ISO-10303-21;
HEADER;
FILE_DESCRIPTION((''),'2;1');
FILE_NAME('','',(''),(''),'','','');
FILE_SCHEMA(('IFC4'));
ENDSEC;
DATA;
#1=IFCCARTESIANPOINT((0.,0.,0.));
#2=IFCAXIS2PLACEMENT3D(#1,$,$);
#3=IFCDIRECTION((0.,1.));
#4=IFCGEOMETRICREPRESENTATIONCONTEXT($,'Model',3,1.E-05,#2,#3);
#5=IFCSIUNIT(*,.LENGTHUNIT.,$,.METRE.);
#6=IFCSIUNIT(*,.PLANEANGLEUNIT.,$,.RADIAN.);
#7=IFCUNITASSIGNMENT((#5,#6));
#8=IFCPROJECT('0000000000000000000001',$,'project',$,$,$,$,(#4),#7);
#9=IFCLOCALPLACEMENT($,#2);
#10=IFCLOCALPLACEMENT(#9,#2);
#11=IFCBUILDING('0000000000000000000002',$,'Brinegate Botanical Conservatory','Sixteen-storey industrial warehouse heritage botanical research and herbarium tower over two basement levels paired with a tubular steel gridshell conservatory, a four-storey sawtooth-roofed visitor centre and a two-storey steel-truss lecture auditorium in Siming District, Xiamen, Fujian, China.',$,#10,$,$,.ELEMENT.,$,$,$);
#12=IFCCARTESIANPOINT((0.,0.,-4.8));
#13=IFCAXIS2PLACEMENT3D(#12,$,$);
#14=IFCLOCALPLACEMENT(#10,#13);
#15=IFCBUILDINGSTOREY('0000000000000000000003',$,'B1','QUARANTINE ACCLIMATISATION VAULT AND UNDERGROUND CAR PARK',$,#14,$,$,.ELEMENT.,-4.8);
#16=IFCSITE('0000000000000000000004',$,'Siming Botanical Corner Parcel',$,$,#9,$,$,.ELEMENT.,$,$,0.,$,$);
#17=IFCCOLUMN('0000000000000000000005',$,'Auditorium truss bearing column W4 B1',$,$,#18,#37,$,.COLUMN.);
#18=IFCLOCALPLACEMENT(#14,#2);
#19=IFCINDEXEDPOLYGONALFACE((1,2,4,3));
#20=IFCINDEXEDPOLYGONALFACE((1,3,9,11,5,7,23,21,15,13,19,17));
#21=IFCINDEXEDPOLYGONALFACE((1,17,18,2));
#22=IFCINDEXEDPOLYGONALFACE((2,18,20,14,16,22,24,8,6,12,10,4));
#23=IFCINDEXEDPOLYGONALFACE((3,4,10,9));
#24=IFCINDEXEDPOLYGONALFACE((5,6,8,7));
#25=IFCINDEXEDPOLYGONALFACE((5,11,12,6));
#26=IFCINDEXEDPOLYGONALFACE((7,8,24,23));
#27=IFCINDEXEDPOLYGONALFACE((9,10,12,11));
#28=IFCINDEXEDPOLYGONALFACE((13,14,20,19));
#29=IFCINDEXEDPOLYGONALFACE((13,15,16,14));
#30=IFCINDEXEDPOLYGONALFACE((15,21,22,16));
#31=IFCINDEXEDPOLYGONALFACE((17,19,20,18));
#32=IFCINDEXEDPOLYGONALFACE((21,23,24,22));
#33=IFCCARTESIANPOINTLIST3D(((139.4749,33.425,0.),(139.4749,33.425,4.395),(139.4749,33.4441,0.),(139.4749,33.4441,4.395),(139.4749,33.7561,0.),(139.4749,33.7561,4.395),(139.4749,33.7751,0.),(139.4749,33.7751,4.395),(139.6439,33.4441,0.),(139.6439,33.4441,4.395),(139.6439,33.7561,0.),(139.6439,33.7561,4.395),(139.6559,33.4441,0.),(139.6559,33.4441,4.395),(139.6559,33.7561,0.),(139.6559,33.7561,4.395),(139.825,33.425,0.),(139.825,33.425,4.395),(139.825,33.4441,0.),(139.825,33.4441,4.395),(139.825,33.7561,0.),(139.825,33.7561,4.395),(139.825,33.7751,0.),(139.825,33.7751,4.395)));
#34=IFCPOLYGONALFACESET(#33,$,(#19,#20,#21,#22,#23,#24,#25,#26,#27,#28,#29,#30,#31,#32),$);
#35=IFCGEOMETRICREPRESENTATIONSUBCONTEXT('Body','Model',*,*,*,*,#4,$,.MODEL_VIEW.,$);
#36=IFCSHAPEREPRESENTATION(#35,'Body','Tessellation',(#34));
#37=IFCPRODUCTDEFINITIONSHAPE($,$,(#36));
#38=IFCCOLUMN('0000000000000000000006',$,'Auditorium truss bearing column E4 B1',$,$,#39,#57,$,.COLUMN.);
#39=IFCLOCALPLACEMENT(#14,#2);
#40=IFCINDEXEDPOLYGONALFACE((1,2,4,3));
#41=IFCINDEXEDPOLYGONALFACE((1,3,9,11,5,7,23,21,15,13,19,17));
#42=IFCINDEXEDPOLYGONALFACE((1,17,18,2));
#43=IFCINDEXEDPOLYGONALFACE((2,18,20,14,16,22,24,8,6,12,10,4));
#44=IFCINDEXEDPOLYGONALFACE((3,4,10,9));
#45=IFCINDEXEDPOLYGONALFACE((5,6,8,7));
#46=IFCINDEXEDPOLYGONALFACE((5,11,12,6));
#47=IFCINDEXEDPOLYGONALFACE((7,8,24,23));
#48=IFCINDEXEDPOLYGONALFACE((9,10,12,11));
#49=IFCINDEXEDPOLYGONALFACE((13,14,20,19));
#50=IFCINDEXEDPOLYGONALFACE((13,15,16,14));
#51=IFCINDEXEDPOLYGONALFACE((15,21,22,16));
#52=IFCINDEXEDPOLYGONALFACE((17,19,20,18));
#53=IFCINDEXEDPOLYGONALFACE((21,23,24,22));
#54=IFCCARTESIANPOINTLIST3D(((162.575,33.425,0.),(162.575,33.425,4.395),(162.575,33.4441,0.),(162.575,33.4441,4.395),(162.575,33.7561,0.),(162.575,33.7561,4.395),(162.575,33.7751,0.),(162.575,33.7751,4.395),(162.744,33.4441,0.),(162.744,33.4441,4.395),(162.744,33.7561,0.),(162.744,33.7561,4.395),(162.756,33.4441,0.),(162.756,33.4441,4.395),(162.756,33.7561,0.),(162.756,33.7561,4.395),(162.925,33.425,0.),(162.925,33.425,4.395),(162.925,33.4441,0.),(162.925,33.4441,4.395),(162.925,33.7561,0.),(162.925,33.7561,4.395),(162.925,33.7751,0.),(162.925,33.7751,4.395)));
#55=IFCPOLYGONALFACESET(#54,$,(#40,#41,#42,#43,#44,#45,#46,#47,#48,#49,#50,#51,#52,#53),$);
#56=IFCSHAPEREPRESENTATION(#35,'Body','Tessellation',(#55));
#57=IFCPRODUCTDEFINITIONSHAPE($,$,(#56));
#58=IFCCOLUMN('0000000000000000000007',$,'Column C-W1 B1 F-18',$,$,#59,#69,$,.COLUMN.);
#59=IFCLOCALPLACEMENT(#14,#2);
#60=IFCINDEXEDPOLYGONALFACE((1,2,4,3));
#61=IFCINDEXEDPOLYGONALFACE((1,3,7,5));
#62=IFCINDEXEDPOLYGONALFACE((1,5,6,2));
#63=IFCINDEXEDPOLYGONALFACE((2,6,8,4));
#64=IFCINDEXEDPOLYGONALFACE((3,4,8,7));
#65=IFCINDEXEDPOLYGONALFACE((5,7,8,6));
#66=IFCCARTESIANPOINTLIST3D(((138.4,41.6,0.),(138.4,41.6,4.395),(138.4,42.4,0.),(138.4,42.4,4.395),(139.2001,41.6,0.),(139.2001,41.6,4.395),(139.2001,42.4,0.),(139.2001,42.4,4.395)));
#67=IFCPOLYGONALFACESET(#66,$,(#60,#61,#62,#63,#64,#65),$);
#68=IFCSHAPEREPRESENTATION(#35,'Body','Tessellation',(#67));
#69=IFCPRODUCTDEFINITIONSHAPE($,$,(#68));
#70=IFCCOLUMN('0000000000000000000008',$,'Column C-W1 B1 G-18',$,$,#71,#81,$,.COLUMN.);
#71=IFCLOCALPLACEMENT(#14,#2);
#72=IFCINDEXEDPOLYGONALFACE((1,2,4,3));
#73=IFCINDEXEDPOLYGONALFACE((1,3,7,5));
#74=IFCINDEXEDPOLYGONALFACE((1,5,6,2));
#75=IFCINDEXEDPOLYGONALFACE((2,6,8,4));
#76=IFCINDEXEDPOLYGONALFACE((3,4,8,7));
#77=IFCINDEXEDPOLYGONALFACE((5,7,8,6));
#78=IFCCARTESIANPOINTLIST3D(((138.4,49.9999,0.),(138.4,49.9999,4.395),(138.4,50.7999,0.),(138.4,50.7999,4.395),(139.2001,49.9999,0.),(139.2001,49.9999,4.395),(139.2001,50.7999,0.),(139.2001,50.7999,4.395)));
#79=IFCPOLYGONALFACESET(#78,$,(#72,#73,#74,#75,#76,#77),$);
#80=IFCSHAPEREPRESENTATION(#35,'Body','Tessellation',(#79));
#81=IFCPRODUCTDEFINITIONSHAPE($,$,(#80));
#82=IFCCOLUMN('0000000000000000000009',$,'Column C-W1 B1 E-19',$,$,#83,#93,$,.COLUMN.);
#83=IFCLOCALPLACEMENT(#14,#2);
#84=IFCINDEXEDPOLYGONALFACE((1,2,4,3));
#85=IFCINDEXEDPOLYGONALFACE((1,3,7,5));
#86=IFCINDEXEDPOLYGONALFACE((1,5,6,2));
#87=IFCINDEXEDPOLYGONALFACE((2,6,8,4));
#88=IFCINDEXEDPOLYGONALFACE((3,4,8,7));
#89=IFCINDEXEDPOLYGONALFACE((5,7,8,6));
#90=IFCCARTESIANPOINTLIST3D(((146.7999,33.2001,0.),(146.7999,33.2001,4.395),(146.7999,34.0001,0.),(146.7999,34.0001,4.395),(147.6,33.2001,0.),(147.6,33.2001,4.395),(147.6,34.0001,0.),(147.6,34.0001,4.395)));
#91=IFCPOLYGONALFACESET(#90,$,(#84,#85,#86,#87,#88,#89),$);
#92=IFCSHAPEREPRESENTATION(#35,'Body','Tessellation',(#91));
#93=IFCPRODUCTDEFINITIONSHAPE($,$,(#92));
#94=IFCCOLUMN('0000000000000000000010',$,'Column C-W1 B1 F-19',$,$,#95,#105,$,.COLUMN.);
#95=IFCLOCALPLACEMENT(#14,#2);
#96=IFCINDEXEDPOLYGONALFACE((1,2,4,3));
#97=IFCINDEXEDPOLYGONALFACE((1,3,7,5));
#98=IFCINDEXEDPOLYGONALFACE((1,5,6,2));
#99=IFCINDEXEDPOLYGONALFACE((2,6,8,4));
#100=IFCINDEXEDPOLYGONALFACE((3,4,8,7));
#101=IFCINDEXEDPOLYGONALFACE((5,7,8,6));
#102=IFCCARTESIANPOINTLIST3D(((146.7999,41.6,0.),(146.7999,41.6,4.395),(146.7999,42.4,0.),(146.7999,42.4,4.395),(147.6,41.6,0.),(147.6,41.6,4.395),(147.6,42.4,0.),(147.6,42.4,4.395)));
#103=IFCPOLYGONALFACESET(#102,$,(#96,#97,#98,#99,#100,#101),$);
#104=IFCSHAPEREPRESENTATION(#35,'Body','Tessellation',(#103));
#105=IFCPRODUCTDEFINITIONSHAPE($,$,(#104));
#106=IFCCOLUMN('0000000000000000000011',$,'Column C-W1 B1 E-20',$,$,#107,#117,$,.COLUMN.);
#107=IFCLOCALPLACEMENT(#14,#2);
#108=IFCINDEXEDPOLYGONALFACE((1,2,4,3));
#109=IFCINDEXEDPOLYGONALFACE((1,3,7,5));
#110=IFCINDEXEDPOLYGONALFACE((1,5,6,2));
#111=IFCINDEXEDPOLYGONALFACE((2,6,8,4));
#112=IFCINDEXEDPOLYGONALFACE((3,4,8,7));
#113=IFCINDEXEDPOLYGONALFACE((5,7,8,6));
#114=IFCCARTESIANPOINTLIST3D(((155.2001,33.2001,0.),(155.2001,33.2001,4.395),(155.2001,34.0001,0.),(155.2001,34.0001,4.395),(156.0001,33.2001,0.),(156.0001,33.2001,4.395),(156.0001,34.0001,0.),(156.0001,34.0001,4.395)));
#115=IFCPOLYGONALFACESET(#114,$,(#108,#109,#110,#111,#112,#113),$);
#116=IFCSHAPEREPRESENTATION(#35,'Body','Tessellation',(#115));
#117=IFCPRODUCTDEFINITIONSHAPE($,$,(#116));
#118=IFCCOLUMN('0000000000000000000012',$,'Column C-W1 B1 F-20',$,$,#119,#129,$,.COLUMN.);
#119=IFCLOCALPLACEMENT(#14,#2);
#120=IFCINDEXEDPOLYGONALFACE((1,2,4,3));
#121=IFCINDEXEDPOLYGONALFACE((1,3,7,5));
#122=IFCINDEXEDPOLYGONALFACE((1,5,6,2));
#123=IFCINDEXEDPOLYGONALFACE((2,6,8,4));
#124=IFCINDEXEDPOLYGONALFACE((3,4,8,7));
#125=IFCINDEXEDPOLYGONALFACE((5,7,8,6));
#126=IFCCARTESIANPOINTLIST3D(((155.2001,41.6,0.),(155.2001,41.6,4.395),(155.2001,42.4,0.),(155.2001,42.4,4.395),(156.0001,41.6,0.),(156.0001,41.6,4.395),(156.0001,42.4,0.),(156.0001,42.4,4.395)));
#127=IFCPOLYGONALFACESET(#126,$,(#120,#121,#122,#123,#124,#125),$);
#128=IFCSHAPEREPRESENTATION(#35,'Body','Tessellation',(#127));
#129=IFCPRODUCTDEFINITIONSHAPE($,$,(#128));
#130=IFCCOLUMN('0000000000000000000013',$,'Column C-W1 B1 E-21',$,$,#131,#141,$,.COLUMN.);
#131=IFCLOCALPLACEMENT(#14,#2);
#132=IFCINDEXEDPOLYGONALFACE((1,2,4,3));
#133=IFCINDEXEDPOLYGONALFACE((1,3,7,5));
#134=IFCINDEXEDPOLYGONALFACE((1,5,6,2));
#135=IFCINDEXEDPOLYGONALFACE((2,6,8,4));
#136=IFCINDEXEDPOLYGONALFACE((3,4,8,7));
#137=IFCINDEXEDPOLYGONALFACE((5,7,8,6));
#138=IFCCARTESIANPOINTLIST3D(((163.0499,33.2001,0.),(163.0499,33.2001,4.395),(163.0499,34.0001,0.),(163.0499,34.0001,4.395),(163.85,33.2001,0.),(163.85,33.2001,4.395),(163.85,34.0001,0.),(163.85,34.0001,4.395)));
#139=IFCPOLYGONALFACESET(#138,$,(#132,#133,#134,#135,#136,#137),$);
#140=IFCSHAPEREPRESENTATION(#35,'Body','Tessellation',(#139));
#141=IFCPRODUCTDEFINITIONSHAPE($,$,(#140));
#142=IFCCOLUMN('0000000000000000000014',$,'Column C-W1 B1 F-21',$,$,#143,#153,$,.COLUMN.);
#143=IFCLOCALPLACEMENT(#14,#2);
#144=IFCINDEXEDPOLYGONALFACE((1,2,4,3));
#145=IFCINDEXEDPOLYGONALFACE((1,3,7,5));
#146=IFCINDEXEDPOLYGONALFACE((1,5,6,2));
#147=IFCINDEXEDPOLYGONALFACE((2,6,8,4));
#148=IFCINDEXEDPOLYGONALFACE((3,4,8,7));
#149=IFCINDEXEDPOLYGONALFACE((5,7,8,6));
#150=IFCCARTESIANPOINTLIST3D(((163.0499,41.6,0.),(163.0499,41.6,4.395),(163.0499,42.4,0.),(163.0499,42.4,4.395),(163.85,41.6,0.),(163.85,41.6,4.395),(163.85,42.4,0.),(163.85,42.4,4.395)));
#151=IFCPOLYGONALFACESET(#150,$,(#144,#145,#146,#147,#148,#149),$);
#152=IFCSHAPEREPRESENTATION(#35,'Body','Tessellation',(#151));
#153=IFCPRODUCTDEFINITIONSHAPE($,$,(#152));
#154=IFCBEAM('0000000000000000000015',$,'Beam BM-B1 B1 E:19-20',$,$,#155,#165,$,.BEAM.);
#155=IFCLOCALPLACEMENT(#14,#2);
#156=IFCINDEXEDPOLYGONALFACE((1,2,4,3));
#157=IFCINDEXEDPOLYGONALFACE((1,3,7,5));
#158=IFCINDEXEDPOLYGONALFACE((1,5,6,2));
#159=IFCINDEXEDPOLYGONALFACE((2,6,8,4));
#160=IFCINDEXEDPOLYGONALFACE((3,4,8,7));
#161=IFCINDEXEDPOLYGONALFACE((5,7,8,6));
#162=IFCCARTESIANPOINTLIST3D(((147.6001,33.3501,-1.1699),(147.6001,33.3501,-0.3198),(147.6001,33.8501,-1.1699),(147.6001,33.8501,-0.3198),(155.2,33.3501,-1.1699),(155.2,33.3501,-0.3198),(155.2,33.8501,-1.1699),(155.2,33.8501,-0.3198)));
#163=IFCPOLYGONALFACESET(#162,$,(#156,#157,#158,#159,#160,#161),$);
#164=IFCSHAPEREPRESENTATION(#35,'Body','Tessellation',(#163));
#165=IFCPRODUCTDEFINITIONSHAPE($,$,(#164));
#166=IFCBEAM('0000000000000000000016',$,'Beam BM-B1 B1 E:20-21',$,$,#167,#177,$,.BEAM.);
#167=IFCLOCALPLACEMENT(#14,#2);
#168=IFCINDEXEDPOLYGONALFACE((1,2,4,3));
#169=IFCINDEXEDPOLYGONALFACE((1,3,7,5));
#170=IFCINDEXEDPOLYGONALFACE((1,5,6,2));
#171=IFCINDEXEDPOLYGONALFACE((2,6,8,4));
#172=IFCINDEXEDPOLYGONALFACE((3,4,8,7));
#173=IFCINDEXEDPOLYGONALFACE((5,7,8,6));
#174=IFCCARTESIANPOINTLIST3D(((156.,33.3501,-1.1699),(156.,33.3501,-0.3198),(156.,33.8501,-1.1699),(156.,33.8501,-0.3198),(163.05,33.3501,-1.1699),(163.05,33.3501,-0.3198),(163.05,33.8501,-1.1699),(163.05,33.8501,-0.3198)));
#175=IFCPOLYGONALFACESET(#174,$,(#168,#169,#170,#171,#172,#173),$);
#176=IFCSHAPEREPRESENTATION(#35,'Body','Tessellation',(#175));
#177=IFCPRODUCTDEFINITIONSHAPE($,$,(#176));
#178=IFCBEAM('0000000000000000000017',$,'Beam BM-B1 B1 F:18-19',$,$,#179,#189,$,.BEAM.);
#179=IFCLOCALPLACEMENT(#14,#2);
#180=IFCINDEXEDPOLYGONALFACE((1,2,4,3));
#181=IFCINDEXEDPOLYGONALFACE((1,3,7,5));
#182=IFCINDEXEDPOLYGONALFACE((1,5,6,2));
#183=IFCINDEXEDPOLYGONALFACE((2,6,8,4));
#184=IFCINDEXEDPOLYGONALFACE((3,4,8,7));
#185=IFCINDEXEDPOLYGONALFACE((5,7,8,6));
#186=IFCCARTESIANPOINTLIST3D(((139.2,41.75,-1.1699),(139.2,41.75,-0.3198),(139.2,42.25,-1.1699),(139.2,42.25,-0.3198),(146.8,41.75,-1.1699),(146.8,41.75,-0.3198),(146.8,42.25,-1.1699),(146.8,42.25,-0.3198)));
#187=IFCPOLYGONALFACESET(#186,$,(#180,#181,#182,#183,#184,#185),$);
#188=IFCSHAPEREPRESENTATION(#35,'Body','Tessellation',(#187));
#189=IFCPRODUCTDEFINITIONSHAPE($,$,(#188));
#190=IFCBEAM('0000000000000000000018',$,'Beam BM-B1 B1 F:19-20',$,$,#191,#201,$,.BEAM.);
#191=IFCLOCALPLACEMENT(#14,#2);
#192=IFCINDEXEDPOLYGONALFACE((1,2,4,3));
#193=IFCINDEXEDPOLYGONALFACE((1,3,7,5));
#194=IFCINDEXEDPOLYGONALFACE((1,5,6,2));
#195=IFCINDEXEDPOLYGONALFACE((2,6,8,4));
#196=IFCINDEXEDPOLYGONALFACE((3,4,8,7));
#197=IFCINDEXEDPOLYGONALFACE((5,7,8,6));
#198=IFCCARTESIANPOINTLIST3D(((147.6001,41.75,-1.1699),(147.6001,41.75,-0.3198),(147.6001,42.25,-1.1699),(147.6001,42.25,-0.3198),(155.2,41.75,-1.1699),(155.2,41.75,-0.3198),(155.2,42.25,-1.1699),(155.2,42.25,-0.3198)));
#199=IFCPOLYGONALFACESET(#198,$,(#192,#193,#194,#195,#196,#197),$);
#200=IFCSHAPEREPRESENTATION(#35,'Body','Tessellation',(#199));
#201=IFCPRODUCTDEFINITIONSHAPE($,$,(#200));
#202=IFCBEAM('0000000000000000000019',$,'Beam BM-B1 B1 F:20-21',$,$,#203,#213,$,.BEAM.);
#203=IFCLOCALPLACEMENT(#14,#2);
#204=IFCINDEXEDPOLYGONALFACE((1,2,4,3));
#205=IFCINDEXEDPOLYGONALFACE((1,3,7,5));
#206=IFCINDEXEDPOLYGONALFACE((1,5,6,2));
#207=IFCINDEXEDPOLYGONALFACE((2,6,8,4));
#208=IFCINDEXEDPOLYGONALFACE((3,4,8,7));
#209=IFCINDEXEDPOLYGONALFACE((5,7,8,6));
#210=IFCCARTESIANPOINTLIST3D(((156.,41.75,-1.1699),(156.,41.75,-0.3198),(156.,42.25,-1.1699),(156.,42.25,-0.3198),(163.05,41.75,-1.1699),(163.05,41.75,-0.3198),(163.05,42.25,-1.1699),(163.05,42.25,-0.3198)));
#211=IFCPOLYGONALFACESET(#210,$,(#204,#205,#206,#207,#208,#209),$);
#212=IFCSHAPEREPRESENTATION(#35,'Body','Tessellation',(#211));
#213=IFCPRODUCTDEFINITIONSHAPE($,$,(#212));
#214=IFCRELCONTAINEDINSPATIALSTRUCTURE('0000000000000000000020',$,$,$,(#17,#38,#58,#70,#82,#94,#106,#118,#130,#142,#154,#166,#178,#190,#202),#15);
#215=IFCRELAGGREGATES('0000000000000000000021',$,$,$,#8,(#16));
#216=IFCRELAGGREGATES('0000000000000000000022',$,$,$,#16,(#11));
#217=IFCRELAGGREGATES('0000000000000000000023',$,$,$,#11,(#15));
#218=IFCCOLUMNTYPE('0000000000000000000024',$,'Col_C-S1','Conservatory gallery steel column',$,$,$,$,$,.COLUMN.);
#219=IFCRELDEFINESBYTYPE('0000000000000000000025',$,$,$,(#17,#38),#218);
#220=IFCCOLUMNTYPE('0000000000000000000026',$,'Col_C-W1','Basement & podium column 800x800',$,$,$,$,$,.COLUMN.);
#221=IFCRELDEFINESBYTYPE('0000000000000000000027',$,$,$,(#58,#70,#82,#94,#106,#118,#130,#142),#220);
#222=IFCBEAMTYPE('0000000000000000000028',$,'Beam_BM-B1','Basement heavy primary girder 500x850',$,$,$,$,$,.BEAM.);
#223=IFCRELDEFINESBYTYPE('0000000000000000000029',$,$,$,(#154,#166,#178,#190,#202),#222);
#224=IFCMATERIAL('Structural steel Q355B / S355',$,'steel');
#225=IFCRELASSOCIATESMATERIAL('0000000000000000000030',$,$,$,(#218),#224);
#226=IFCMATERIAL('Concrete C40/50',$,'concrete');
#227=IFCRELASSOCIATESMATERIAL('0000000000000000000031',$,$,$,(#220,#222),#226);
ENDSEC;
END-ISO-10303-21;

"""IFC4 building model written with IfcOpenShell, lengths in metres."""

from ifc_helpers import new_model, si_unit, direction, frame, origin, origin_2d, place, context, subcontext, project, spatial, rectangle, i_section, extrude, material, material_profile, profile_set, type_object, element, save


model = new_model("IFC4")

# Units and contexts
model_context = context("Model", 3, precision=1e-05, world=origin(), true_north=direction((0.0, 1.0)))
body_context = subcontext(model_context, "Body", "Model", "MODEL_VIEW")
ifc_project = project(units=[si_unit("LENGTHUNIT", "METRE"), si_unit("PLANEANGLEUNIT", "RADIAN")], contexts=[model_context])

# Site, building, storey
site_placement = place(None, origin())
site = spatial("IfcSite", under=ifc_project, at=site_placement, Name="Siming Botanical Corner Parcel", CompositionType="ELEMENT", RefElevation=0.0)
building_placement = place(site_placement, origin())
building = spatial("IfcBuilding", under=site, at=building_placement, Name="Brinegate Botanical Conservatory", Description="Sixteen-storey industrial warehouse heritage botanical research and herbarium tower over two basement levels paired with a tubular steel gridshell conservatory, a four-storey sawtooth-roofed visitor centre and a two-storey steel-truss lecture auditorium in Siming District, Xiamen, Fujian, China.", CompositionType="ELEMENT")
storey_placement = place(building_placement, frame((0.0, 0.0, -4.8)))
storey = spatial("IfcBuildingStorey", under=building, at=storey_placement, Name="B1", Description="QUARANTINE ACCLIMATISATION VAULT AND UNDERGROUND CAR PARK", CompositionType="ELEMENT", Elevation=-4.8)

# Columns
ifc_material_1 = material(Name="Structural steel Q355B / S355", Category="steel")
ifc_material_profile_1 = material_profile(ifc_material_1, i_section(OverallWidth=0.3501, OverallDepth=0.3501, WebThickness=0.012, FlangeThickness=0.019, at=origin_2d()), Name="HW 350x350x12x19")
ifc_profile_set_1 = profile_set([ifc_material_profile_1], Name="Structural steel Q355B / S355")
column_type_1 = type_object("IfcColumnType", Name="Col_C-S1", Description="Conservatory gallery steel column", PredefinedType="COLUMN", material=ifc_profile_set_1)
for number, where, z_axis, x_axis, name in (
    (1, (139.6499, 33.6001, 0.0), (0.0, 0.0, 1.0), (1.0, 0.0, 0.0), "Auditorium truss bearing column W4 B1"),
    (2, (162.75, 33.6001, 0.0), (0.0, 0.0, 1.0), (1.0, 0.0, 0.0), "Auditorium truss bearing column E4 B1"),
):
    element("IfcColumn", number, at=place(storey_placement, frame(where, z_axis=z_axis, x_axis=x_axis)), inside=storey, type_object=column_type_1, Name=name, PredefinedType="COLUMN", context=body_context, shape_type="SweptSolid", body=[
        extrude(i_section(OverallWidth=0.3501, OverallDepth=0.3501, WebThickness=0.012, FlangeThickness=0.019, at=origin_2d()), origin(), (0.0, 0.0, 1.0), 4.395),
    ])
ifc_material_2 = material(Name="Concrete C40/50", Category="concrete")
ifc_material_profile_2 = material_profile(ifc_material_2, rectangle(XDim=0.8, YDim=0.8, at=origin_2d()), Name="RC COL 800x800")
ifc_profile_set_2 = profile_set([ifc_material_profile_2], Name="Concrete C40/50")
column_type_2 = type_object("IfcColumnType", Name="Col_C-W1", Description="Basement & podium column 800x800", PredefinedType="COLUMN", material=ifc_profile_set_2)
for number, where, z_axis, x_axis, name in (
    (3, (138.8, 42.0, 0.0), (0.0, 0.0, 1.0), (1.0, 0.0, 0.0), "Column C-W1 B1 F-18"),
    (4, (138.8, 50.3999, 0.0), (0.0, 0.0, 1.0), (1.0, 0.0, 0.0), "Column C-W1 B1 G-18"),
    (5, (147.2, 33.6001, 0.0), (0.0, 0.0, 1.0), (1.0, 0.0, 0.0), "Column C-W1 B1 E-19"),
    (6, (147.2, 42.0, 0.0), (0.0, 0.0, 1.0), (1.0, 0.0, 0.0), "Column C-W1 B1 F-19"),
    (7, (155.6001, 33.6001, 0.0), (0.0, 0.0, 1.0), (1.0, 0.0, 0.0), "Column C-W1 B1 E-20"),
    (8, (155.6001, 42.0, 0.0), (0.0, 0.0, 1.0), (1.0, 0.0, 0.0), "Column C-W1 B1 F-20"),
    (9, (163.45, 33.6001, 0.0), (0.0, 0.0, 1.0), (1.0, 0.0, 0.0), "Column C-W1 B1 E-21"),
    (10, (163.45, 42.0, 0.0), (0.0, 0.0, 1.0), (1.0, 0.0, 0.0), "Column C-W1 B1 F-21"),
):
    element("IfcColumn", number, at=place(storey_placement, frame(where, z_axis=z_axis, x_axis=x_axis)), inside=storey, type_object=column_type_2, Name=name, PredefinedType="COLUMN", context=body_context, shape_type="SweptSolid", body=[
        extrude(rectangle(XDim=0.8, YDim=0.8, at=origin_2d()), origin(), (0.0, 0.0, 1.0), 4.395),
    ])

# Beams
ifc_material_profile_3 = material_profile(ifc_material_2, rectangle(XDim=0.5, YDim=0.8501, at=origin_2d()), Name="RC BM 500x850")
ifc_profile_set_3 = profile_set([ifc_material_profile_3], Name="Concrete C40/50")
beam_type_1 = type_object("IfcBeamType", Name="Beam_BM-B1", Description="Basement heavy primary girder 500x850", PredefinedType="BEAM", material=ifc_profile_set_3)
beam_1_placement = place(storey_placement, frame((147.6001, 33.6001, -0.7449), z_axis=(1.0, 0.0, 0.0), x_axis=(0.0, 1.0, 0.0)))
element("IfcBeam", 11, at=beam_1_placement, inside=storey, type_object=beam_type_1, Name="Beam BM-B1 B1 E:19-20", PredefinedType="BEAM", context=body_context, shape_type="SweptSolid", body=[
    extrude(rectangle(XDim=0.5, YDim=0.8501, at=origin_2d()), origin(), (0.0, 0.0, 1.0), 7.5999),
])
beam_2_placement = place(storey_placement, frame((156.0, 33.6001, -0.7449), z_axis=(1.0, 0.0, 0.0), x_axis=(0.0, 1.0, 0.0)))
element("IfcBeam", 12, at=beam_2_placement, inside=storey, type_object=beam_type_1, Name="Beam BM-B1 B1 E:20-21", PredefinedType="BEAM", context=body_context, shape_type="SweptSolid", body=[
    extrude(rectangle(XDim=0.5, YDim=0.8501, at=origin_2d()), origin(), (0.0, 0.0, 1.0), 7.05),
])
beam_3_placement = place(storey_placement, frame((139.2, 42.0, -0.7449), z_axis=(1.0, 0.0, 0.0), x_axis=(0.0, 1.0, 0.0)))
element("IfcBeam", 13, at=beam_3_placement, inside=storey, type_object=beam_type_1, Name="Beam BM-B1 B1 F:18-19", PredefinedType="BEAM", context=body_context, shape_type="SweptSolid", body=[
    extrude(rectangle(XDim=0.5, YDim=0.8501, at=origin_2d()), origin(), (0.0, 0.0, 1.0), 7.6001),
])
beam_4_placement = place(storey_placement, frame((147.6001, 42.0, -0.7449), z_axis=(1.0, 0.0, 0.0), x_axis=(0.0, 1.0, 0.0)))
element("IfcBeam", 14, at=beam_4_placement, inside=storey, type_object=beam_type_1, Name="Beam BM-B1 B1 F:19-20", PredefinedType="BEAM", context=body_context, shape_type="SweptSolid", body=[
    extrude(rectangle(XDim=0.5, YDim=0.8501, at=origin_2d()), origin(), (0.0, 0.0, 1.0), 7.5999),
])
beam_5_placement = place(storey_placement, frame((156.0, 42.0, -0.7449), z_axis=(1.0, 0.0, 0.0), x_axis=(0.0, 1.0, 0.0)))
element("IfcBeam", 15, at=beam_5_placement, inside=storey, type_object=beam_type_1, Name="Beam BM-B1 B1 F:20-21", PredefinedType="BEAM", context=body_context, shape_type="SweptSolid", body=[
    extrude(rectangle(XDim=0.5, YDim=0.8501, at=origin_2d()), origin(), (0.0, 0.0, 1.0), 7.05),
])

save(model, "model.ifc")
